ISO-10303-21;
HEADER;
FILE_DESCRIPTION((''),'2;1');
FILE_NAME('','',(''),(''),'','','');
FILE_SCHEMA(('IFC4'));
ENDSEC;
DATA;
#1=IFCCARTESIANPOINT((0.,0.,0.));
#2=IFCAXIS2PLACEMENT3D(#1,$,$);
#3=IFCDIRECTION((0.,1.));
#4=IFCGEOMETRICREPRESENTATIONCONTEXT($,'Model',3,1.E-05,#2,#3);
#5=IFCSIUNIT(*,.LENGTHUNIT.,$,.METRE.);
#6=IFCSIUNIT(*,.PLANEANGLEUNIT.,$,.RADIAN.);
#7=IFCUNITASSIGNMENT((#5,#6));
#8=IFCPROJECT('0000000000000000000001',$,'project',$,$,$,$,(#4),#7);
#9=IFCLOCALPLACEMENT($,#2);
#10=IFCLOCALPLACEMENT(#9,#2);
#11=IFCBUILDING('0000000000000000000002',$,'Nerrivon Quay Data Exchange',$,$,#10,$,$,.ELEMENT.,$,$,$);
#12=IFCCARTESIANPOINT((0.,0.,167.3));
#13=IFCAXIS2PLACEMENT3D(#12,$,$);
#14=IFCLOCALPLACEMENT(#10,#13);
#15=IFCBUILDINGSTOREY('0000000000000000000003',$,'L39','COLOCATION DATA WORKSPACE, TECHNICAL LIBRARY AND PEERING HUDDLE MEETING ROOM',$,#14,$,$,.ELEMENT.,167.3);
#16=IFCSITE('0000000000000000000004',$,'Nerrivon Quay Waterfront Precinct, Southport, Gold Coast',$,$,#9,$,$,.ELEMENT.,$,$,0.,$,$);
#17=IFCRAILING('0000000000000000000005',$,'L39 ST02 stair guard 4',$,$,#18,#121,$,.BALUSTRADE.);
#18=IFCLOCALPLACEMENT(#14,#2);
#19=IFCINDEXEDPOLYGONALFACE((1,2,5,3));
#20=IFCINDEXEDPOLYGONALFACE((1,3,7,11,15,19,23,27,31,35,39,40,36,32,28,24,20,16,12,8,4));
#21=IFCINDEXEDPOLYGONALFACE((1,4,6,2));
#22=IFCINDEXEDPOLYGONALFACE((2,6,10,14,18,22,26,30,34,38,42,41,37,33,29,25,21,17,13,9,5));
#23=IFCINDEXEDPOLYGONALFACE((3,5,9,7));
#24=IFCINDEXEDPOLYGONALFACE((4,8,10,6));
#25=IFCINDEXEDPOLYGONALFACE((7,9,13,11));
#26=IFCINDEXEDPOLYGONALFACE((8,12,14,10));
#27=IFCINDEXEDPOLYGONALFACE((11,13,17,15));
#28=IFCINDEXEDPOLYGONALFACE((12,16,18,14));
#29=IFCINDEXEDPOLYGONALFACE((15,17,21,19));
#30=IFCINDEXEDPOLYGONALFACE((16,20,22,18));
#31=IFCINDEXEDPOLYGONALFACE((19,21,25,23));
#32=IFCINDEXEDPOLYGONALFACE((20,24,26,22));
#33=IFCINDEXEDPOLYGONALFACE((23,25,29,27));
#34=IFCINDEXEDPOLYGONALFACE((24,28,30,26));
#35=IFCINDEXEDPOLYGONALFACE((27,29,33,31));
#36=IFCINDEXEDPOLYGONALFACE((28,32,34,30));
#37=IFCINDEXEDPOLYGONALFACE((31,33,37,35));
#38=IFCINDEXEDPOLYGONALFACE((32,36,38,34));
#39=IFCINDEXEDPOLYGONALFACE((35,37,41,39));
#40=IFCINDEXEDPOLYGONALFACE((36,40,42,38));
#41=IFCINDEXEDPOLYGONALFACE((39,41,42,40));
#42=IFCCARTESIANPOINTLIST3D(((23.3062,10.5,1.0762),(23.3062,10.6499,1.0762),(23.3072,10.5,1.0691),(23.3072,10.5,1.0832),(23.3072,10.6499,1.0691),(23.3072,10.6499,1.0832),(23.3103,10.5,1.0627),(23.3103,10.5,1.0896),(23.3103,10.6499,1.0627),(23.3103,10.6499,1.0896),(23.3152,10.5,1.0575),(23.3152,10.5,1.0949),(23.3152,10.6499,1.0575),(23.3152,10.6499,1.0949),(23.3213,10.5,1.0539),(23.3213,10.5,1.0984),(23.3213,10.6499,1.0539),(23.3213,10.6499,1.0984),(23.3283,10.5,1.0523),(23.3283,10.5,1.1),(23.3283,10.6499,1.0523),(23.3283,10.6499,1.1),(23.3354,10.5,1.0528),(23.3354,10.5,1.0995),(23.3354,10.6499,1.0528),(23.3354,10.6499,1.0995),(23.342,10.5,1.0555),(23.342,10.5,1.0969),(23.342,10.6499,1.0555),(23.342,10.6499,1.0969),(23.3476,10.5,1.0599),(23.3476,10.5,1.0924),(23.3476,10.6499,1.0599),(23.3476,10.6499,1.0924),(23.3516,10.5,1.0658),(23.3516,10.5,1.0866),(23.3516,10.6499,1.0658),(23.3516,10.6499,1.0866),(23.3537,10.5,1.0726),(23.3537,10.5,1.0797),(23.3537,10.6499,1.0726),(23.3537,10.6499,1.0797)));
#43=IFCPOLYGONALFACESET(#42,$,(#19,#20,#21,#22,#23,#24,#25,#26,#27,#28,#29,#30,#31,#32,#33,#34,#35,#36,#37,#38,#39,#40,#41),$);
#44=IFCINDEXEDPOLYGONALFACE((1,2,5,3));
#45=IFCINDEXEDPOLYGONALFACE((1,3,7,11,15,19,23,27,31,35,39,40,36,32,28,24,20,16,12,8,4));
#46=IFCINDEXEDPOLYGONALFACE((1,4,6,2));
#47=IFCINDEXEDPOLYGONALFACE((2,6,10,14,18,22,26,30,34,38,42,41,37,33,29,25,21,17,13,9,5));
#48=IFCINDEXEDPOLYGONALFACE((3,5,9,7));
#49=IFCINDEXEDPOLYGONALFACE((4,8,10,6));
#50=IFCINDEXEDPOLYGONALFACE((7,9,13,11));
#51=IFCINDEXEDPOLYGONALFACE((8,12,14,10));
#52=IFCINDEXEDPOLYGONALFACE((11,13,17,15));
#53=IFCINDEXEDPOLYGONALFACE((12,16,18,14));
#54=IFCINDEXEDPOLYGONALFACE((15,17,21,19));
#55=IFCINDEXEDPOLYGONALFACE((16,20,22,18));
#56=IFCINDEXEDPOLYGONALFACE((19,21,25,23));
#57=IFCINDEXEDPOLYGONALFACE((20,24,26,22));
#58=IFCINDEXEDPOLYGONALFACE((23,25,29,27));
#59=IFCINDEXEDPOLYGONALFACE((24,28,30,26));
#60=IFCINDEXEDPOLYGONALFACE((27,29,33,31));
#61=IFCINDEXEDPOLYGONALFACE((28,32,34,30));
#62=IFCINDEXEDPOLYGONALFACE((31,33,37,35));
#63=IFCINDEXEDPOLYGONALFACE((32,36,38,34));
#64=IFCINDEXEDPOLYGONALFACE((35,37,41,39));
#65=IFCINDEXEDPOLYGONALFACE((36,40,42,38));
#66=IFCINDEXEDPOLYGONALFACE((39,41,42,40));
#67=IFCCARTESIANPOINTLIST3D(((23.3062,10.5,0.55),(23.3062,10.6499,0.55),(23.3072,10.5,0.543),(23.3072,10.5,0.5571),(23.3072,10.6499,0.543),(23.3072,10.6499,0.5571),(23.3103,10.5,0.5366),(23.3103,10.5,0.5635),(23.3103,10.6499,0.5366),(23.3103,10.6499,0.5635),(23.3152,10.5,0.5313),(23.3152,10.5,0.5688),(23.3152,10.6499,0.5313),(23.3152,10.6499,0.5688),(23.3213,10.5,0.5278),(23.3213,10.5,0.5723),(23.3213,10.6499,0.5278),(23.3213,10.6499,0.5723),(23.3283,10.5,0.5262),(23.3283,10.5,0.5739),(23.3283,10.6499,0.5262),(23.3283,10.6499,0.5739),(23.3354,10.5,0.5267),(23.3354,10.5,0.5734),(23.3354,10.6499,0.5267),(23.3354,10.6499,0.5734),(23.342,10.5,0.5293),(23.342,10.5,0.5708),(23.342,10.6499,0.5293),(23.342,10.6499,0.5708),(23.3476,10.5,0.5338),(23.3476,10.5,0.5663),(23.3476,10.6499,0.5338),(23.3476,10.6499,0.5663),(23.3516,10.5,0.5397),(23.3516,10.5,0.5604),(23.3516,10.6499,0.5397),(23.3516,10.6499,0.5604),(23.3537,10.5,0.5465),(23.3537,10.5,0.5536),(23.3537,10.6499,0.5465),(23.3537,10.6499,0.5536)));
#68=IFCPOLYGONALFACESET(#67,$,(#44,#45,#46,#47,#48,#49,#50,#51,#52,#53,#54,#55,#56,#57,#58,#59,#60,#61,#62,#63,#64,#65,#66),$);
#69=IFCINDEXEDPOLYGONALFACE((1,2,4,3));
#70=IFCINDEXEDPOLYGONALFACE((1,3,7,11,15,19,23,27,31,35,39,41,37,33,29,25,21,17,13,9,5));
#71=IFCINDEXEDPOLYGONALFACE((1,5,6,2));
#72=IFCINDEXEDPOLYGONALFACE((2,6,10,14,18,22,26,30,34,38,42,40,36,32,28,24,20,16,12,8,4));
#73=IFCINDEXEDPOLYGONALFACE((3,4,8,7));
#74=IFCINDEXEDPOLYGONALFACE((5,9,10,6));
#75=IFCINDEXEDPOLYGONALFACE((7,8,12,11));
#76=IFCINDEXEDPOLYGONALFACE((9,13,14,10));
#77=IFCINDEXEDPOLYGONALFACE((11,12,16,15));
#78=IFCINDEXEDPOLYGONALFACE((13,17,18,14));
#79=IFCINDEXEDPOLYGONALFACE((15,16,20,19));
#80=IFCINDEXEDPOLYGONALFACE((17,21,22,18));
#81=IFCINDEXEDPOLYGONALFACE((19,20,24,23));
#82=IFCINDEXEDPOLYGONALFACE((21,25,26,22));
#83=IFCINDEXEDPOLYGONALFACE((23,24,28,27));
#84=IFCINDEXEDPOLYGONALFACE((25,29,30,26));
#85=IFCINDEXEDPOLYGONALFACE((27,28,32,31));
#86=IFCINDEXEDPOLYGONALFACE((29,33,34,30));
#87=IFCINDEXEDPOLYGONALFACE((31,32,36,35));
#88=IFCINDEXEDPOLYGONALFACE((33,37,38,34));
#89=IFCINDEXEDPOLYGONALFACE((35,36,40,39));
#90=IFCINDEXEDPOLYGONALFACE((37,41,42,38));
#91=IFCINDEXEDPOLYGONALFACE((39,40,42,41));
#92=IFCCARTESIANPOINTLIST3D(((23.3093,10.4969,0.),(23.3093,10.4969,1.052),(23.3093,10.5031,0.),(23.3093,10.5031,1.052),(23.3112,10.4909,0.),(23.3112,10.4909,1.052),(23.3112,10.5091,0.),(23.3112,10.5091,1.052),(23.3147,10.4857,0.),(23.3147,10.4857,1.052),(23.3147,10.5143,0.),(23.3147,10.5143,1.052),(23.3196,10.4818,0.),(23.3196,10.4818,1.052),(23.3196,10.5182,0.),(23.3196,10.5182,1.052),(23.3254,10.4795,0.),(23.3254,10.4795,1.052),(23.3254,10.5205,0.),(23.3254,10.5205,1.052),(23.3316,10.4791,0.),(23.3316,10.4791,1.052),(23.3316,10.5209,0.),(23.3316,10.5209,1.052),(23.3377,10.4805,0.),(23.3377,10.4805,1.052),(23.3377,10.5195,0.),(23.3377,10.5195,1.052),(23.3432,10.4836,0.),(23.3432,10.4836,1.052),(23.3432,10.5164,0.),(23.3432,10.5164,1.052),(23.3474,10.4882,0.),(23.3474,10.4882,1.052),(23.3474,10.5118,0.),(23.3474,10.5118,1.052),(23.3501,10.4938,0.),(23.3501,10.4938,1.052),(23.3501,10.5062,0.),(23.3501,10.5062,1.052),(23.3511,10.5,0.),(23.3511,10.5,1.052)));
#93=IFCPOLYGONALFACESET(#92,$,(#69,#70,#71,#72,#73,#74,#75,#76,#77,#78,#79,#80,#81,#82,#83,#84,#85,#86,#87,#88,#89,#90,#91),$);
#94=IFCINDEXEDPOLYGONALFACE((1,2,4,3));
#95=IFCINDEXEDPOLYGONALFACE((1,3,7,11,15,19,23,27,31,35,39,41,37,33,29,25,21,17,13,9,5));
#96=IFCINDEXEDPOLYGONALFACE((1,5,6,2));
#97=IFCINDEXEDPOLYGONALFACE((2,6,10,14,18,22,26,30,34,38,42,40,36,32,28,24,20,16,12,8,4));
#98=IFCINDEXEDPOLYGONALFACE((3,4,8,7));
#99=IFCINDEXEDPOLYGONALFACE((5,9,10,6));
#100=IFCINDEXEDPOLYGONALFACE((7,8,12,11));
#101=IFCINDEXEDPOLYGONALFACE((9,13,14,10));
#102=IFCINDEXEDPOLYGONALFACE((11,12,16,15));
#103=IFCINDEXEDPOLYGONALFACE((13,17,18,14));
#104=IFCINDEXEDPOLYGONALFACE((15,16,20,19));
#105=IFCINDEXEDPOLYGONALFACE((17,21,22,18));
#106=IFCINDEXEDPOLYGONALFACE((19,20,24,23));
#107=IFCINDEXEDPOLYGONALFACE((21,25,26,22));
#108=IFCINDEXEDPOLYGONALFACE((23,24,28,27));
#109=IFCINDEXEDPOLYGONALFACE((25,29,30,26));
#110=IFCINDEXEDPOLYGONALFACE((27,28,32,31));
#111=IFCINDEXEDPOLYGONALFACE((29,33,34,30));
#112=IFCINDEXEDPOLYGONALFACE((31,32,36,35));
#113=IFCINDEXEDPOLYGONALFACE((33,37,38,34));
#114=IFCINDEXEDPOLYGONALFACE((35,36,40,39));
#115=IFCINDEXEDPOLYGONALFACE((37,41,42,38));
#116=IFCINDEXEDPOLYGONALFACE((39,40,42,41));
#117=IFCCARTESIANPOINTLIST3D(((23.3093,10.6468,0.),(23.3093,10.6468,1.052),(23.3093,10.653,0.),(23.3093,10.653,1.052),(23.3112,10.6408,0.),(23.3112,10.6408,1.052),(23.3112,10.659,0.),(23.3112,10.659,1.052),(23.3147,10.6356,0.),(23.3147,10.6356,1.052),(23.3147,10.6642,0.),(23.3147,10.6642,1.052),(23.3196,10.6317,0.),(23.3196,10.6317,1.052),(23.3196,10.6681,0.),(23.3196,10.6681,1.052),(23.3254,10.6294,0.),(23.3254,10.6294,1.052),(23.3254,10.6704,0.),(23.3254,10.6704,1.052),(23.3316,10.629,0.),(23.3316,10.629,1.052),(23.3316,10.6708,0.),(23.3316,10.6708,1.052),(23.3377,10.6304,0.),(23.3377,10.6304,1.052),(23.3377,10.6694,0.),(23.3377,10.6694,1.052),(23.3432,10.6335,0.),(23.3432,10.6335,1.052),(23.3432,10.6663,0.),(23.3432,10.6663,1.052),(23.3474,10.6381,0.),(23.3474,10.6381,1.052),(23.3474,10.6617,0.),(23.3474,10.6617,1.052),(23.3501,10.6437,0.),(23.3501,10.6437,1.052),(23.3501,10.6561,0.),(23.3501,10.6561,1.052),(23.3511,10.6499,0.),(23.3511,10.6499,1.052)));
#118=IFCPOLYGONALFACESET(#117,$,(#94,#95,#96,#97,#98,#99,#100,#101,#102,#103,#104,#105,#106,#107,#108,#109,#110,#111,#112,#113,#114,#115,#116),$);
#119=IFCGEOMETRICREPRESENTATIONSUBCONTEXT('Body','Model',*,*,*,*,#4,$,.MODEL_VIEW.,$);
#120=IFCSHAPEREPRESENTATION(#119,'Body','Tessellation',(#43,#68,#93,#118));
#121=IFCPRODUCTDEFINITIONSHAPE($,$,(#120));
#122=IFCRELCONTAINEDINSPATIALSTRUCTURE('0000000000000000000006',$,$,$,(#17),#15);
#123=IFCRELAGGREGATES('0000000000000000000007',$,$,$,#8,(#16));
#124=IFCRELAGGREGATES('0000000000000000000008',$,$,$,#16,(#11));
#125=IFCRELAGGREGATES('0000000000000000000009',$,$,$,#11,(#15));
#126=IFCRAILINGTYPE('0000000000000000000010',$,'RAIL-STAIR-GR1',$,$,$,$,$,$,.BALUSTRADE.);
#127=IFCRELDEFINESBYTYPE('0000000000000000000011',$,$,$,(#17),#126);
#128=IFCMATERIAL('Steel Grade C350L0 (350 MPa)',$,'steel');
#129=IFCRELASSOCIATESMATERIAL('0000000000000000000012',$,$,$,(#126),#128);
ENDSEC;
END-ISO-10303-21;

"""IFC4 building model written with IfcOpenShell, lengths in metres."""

from ifc_helpers import new_model, si_unit, direction, frame, origin, origin_2d, place, context, subcontext, project, spatial, circle, extrude, material, type_object, element, save


model = new_model("IFC4")

# Units and contexts
model_context = context("Model", 3, precision=1e-05, world=origin(), true_north=direction((0.0, 1.0)))
body_context = subcontext(model_context, "Body", "Model", "MODEL_VIEW")
ifc_project = project(units=[si_unit("LENGTHUNIT", "METRE"), si_unit("PLANEANGLEUNIT", "RADIAN")], contexts=[model_context])

# Site, building, storey
site_placement = place(None, origin())
site = spatial("IfcSite", under=ifc_project, at=site_placement, Name="Nerrivon Quay Waterfront Precinct, Southport, Gold Coast", CompositionType="ELEMENT", RefElevation=0.0)
building_placement = place(site_placement, origin())
building = spatial("IfcBuilding", under=site, at=building_placement, Name="Nerrivon Quay Data Exchange", CompositionType="ELEMENT")
storey_placement = place(building_placement, frame((0.0, 0.0, 167.3)))
storey = spatial("IfcBuildingStorey", under=building, at=storey_placement, Name="L39", Description="COLOCATION DATA WORKSPACE, TECHNICAL LIBRARY AND PEERING HUDDLE MEETING ROOM", CompositionType="ELEMENT", Elevation=167.3)

# Railing
ifc_material_1 = material(Name="Steel Grade C350L0 (350 MPa)", Category="steel")
railing_type_1 = type_object("IfcRailingType", Name="RAIL-STAIR-GR1", PredefinedType="BALUSTRADE", material=ifc_material_1)
railing_1_placement = place(storey_placement, frame((23.3301, 10.5, 0.0)))
element("IfcRailing", 1, at=railing_1_placement, inside=storey, type_object=railing_type_1, Name="L39 ST02 stair guard 4", PredefinedType="BALUSTRADE", context=body_context, shape_type="SweptSolid", body=[
    extrude(circle(Radius=0.0239, at=origin_2d()), frame((0.0, 0.0, 1.0762), z_axis=(0.0, 1.0, 0.0), x_axis=(-1.0, 0.0, 0.0)), (0.0, 0.0, 1.0), 0.1499),
    extrude(circle(Radius=0.0239, at=origin_2d()), frame((0.0, 0.0, 0.55), z_axis=(0.0, 1.0, 0.0), x_axis=(-1.0, 0.0, 0.0)), (0.0, 0.0, 1.0), 0.1499),
    extrude(circle(Radius=0.021, at=origin_2d()), origin(), (0.0, 0.0, 1.0), 1.052),
    extrude(circle(Radius=0.021, at=origin_2d()), frame((0.0, 0.1499, 0.0)), (0.0, 0.0, 1.0), 1.052),
])

save(model, "model.ifc")
